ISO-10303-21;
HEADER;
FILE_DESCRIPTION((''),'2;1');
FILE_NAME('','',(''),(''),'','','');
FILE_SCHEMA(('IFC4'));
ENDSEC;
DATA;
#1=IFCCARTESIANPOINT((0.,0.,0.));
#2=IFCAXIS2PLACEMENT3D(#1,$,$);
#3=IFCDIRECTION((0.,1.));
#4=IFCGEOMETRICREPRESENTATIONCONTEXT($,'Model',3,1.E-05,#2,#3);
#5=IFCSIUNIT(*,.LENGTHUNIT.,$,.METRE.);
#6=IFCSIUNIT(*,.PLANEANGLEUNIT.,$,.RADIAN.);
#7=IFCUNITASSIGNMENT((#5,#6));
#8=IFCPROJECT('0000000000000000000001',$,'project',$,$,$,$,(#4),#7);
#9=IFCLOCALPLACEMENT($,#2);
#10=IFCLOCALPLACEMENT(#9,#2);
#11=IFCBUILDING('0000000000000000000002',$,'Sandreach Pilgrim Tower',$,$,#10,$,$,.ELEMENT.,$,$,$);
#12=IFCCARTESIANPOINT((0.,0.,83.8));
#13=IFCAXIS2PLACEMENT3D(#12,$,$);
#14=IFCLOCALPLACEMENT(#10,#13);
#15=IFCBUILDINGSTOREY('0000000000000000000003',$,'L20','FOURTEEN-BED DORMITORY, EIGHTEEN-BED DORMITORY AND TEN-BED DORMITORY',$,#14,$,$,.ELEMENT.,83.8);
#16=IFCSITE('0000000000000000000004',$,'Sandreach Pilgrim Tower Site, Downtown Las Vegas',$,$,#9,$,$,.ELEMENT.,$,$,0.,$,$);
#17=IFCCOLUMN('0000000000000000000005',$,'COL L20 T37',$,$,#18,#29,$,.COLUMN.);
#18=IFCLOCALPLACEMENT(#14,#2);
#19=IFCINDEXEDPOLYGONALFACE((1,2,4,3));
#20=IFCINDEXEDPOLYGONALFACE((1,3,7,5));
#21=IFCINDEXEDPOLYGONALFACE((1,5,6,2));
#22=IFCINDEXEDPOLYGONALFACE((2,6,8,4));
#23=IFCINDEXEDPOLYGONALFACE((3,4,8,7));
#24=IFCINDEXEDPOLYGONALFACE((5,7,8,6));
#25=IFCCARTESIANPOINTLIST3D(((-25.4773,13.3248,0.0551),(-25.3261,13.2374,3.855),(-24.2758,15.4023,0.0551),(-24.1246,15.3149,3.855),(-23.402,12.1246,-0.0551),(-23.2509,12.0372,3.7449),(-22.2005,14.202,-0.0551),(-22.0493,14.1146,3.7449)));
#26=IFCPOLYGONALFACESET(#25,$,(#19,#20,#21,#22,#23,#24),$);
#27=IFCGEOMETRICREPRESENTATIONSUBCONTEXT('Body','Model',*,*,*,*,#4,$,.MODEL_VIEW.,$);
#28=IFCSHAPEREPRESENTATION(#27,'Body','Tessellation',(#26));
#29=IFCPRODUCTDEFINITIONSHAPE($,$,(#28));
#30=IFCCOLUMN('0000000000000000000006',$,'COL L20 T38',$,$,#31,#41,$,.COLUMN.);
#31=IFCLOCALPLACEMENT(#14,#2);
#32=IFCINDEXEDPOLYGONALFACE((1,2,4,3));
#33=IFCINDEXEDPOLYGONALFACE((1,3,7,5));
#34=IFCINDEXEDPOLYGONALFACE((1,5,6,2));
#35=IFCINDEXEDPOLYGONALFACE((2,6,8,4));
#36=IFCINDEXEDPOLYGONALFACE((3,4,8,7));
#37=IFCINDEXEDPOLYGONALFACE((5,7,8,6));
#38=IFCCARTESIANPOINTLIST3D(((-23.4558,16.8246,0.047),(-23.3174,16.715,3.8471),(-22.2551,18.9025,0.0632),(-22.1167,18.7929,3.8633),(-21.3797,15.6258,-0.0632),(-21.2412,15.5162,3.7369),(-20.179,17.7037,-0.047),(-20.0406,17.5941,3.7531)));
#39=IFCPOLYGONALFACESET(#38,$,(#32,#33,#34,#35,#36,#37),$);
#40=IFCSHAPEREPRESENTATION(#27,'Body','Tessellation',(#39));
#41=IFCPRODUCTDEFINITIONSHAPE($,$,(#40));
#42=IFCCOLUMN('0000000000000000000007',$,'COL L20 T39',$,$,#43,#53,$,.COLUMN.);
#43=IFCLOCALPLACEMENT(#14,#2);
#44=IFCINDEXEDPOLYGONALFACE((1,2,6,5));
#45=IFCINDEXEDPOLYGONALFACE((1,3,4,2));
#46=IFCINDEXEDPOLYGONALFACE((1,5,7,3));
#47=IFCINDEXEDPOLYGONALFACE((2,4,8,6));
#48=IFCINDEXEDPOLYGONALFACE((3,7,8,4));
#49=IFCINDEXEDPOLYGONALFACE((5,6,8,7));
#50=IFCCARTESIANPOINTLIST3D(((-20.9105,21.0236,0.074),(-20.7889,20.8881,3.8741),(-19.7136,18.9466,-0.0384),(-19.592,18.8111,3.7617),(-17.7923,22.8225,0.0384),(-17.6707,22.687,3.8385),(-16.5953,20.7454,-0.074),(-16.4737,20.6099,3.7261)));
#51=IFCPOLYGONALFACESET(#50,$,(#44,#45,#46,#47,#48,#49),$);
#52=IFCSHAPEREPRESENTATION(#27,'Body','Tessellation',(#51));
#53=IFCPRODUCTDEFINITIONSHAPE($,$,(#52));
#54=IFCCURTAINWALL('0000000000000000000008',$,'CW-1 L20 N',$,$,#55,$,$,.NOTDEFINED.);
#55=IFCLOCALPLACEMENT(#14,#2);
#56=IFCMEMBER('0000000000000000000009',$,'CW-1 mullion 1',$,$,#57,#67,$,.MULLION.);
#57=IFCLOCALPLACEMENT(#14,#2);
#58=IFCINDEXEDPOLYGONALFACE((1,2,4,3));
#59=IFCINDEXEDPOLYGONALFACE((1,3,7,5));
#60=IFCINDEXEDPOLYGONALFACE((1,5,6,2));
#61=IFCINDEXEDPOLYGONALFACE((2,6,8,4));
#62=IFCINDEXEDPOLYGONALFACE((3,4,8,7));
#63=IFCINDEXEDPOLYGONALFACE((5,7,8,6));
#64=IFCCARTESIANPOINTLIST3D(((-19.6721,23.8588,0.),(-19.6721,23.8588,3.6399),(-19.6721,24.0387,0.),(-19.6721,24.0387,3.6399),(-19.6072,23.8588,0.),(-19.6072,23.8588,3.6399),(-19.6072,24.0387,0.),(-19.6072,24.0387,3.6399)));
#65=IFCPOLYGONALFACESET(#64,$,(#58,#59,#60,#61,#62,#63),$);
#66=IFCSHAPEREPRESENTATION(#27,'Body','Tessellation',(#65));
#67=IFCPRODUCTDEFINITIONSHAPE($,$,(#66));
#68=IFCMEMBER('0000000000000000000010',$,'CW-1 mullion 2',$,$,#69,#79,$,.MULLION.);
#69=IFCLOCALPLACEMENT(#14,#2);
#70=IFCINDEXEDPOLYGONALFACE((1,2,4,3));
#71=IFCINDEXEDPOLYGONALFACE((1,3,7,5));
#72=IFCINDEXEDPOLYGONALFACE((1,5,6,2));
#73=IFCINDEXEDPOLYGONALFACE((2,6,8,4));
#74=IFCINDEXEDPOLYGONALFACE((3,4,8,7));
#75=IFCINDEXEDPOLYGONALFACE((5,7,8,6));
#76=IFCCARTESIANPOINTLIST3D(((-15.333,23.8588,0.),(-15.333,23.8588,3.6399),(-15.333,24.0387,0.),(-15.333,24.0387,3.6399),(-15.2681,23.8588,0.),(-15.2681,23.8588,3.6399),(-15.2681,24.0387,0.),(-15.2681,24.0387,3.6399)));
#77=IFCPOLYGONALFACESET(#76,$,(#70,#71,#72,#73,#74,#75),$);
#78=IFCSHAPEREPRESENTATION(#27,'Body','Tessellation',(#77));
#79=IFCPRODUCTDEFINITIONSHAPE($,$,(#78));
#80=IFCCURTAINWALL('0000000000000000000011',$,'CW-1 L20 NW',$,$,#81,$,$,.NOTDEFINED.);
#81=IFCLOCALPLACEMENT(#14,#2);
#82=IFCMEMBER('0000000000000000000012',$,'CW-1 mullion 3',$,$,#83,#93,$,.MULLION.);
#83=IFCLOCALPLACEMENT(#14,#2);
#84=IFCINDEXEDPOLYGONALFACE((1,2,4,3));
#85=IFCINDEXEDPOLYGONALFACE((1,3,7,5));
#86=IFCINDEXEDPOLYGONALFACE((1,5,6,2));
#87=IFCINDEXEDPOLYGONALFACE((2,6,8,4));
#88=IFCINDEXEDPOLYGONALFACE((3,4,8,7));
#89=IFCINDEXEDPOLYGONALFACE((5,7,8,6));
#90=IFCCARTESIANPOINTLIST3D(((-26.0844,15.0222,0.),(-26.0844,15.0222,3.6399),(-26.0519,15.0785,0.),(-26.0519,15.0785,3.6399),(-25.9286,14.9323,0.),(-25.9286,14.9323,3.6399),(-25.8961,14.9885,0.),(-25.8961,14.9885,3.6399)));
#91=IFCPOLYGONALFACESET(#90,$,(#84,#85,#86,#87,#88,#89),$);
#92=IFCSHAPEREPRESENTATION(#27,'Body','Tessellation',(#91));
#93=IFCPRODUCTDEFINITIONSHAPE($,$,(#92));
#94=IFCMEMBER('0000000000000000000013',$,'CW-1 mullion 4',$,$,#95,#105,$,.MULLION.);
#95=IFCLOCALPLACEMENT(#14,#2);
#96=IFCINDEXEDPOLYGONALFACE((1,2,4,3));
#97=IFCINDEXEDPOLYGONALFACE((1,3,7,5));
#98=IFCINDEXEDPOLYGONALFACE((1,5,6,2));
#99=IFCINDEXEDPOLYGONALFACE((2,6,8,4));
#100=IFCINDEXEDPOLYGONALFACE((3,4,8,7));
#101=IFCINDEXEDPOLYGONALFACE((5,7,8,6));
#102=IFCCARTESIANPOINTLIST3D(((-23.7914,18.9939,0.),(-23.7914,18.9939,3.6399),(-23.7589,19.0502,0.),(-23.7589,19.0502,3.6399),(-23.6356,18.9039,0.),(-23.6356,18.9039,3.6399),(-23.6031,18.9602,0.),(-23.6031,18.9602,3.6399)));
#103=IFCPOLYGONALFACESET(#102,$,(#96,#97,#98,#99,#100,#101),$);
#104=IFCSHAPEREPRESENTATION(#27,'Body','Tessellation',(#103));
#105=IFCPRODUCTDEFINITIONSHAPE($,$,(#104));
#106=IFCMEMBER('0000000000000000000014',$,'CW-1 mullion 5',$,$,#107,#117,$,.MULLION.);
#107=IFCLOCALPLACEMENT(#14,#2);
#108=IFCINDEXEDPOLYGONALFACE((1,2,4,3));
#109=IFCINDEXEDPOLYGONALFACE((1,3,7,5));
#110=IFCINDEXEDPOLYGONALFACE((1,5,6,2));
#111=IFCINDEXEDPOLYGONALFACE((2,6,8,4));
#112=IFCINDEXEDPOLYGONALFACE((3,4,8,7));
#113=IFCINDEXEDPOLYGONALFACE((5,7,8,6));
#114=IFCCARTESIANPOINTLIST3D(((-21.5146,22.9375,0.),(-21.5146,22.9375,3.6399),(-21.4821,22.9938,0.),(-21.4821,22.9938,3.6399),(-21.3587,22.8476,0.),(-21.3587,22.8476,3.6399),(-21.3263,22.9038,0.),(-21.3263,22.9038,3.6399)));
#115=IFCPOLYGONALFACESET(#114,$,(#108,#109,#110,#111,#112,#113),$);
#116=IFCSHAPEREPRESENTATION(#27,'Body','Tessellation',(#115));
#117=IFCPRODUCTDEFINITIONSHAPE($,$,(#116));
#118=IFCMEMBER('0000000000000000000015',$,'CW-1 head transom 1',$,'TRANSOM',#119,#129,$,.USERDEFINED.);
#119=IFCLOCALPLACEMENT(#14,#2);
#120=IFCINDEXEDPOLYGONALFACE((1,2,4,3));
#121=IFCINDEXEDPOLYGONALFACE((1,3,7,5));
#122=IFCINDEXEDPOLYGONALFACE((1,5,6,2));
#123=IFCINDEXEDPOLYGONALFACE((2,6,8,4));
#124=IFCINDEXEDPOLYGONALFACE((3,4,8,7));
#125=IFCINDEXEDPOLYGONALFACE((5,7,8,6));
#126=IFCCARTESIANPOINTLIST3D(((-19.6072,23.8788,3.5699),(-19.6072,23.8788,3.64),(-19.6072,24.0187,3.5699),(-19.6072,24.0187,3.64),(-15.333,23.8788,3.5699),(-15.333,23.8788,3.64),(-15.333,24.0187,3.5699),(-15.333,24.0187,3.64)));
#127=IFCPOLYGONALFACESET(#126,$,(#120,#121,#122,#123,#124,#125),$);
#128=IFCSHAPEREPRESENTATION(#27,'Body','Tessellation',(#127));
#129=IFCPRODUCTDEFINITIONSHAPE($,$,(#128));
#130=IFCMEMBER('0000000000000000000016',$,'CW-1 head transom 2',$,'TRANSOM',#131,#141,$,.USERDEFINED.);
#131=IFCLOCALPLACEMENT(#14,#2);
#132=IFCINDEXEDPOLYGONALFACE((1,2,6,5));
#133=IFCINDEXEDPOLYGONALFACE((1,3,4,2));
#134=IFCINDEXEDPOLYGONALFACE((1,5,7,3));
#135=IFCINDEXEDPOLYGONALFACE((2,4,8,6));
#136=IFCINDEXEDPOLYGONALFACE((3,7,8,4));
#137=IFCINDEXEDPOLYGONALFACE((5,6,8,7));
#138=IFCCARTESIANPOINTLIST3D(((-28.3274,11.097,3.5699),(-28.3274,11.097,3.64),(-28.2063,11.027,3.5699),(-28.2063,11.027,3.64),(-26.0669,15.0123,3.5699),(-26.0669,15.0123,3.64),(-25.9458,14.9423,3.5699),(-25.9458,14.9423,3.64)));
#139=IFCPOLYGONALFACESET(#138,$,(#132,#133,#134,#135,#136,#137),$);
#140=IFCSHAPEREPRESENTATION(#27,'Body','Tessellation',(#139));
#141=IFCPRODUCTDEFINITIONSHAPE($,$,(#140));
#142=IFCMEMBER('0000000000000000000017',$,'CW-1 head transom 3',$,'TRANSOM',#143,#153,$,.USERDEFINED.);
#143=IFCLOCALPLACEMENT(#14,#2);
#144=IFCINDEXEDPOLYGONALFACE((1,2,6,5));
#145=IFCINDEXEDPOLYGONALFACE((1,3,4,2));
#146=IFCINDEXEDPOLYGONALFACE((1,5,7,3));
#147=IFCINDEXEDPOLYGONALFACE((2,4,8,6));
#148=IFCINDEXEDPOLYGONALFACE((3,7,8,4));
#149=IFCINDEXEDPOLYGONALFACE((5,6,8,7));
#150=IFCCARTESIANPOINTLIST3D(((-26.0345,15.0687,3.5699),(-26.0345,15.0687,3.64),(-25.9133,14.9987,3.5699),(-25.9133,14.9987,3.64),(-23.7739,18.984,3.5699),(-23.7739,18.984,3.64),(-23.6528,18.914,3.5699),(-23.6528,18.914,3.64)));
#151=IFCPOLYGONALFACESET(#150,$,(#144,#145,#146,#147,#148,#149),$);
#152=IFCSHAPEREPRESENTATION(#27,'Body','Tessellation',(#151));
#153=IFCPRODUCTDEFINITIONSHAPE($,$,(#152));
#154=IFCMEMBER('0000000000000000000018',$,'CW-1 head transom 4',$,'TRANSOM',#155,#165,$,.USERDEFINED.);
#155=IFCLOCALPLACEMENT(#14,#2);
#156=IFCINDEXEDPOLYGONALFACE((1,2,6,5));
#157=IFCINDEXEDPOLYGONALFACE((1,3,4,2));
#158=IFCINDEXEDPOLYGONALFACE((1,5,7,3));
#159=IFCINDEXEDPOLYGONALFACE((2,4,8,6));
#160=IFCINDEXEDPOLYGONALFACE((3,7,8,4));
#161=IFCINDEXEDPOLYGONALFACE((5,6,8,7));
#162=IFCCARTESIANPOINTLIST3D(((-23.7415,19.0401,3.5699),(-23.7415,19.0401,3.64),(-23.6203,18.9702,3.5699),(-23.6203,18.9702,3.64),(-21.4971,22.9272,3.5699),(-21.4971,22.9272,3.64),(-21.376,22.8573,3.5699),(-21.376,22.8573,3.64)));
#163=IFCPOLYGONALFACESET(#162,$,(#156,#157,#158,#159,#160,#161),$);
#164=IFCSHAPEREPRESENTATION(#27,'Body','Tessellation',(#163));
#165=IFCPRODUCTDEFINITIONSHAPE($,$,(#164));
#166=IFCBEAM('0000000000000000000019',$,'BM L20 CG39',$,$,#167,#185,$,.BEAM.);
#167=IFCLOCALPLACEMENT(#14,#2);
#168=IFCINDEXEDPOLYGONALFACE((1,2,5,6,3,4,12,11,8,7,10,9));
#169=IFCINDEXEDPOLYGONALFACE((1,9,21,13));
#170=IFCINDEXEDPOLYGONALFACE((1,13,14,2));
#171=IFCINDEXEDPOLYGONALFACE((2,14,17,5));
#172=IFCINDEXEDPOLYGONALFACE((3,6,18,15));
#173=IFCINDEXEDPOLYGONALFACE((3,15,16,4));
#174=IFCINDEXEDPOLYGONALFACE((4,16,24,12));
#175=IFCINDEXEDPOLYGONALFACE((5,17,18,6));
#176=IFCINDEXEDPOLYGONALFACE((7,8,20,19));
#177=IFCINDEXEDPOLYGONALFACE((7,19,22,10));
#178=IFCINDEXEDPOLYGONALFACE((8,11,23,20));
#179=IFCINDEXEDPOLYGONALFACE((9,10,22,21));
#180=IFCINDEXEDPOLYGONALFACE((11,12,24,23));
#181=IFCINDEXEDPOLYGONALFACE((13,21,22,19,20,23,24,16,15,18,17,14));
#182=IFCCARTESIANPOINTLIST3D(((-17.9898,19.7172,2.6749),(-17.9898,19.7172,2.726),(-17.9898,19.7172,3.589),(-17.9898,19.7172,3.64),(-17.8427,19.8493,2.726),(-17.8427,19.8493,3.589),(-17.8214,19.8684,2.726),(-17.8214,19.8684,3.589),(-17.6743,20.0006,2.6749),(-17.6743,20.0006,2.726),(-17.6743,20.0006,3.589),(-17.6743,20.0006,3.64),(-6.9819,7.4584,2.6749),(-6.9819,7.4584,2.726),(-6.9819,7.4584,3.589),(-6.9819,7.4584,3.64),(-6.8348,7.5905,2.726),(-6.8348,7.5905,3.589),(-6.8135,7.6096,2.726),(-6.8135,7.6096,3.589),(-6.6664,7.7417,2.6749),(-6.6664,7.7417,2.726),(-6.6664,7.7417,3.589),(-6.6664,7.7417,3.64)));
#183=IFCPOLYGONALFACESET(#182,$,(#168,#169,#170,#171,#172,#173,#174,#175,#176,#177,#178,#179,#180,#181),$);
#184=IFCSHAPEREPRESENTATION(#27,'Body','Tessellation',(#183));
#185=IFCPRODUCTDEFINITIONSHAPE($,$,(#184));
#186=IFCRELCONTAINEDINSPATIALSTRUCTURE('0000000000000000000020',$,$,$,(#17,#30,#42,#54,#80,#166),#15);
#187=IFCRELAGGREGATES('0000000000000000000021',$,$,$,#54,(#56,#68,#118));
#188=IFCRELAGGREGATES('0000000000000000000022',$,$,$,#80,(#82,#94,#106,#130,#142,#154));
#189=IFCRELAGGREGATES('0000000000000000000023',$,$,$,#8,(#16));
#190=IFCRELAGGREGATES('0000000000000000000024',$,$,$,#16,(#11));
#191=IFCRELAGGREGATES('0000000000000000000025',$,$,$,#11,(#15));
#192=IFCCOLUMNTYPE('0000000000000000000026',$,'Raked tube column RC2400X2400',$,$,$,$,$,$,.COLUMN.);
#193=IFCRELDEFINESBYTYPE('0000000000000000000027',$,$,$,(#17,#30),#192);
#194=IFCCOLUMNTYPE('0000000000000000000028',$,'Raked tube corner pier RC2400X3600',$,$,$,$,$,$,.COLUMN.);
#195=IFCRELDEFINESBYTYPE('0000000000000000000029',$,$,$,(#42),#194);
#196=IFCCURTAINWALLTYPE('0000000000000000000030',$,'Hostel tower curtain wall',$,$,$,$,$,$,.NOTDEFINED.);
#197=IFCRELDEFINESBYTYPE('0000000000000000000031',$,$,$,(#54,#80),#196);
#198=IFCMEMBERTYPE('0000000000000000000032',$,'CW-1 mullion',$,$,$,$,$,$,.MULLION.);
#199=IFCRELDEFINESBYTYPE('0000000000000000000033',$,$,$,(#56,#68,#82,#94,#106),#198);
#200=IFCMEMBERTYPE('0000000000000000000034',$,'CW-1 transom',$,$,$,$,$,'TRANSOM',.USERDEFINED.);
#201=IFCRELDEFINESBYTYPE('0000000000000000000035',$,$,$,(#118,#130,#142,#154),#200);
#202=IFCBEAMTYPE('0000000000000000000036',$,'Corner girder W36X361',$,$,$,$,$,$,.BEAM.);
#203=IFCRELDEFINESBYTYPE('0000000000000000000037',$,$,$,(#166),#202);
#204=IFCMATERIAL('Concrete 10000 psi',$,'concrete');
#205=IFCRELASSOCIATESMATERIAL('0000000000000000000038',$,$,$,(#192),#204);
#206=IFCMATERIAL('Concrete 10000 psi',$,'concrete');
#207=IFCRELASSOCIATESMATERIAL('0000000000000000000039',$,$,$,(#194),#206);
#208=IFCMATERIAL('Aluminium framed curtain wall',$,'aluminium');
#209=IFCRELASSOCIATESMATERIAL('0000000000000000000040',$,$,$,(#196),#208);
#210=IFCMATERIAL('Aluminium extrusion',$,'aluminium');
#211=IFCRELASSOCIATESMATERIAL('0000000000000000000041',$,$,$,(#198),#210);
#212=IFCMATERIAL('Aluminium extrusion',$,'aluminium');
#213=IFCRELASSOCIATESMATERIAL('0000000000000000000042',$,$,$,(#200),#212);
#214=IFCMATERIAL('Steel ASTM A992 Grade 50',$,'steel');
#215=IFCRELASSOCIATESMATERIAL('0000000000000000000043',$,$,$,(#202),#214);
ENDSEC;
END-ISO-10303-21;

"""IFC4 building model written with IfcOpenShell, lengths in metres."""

from ifc_helpers import new_model, si_unit, direction, frame, origin, origin_2d, place, context, subcontext, project, spatial, rectangle, i_section, extrude, material, material_profile, profile_set, type_object, element, aggregate, save


model = new_model("IFC4")

# Units and contexts
model_context = context("Model", 3, precision=1e-05, world=origin(), true_north=direction((0.0, 1.0)))
body_context = subcontext(model_context, "Body", "Model", "MODEL_VIEW")
ifc_project = project(units=[si_unit("LENGTHUNIT", "METRE"), si_unit("PLANEANGLEUNIT", "RADIAN")], contexts=[model_context])

# Site, building, storey
site_placement = place(None, origin())
site = spatial("IfcSite", under=ifc_project, at=site_placement, Name="Sandreach Pilgrim Tower Site, Downtown Las Vegas", CompositionType="ELEMENT", RefElevation=0.0)
building_placement = place(site_placement, origin())
building = spatial("IfcBuilding", under=site, at=building_placement, Name="Sandreach Pilgrim Tower", CompositionType="ELEMENT")
storey_placement = place(building_placement, frame((0.0, 0.0, 83.8)))
storey = spatial("IfcBuildingStorey", under=building, at=storey_placement, Name="L20", Description="FOURTEEN-BED DORMITORY, EIGHTEEN-BED DORMITORY AND TEN-BED DORMITORY", CompositionType="ELEMENT", Elevation=83.8)

# Columns
ifc_material_1 = material(Name="Concrete 10000 psi", Category="concrete")
ifc_material_profile_1 = material_profile(ifc_material_1, rectangle(XDim=2.3999, YDim=2.3999, at=origin_2d()), Name="RC2400X2400")
ifc_profile_set_1 = profile_set([ifc_material_profile_1], Name="Concrete 10000 psi")
column_type_1 = type_object("IfcColumnType", Name="Raked tube column RC2400X2400", PredefinedType="COLUMN", material=ifc_profile_set_1)
column_1_placement = place(storey_placement, frame((-23.8389, 13.7634, 0.0), z_axis=(0.039727, -0.022976, 0.998946), x_axis=(-0.864738, 0.500123, 0.045892)))
element("IfcColumn", 1, at=column_1_placement, inside=storey, type_object=column_type_1, Name="COL L20 T37", PredefinedType="COLUMN", context=body_context, shape_type="SweptSolid", body=[
    extrude(rectangle(XDim=2.3999, YDim=2.3999, at=origin_2d()), origin(), (0.0, 0.0, 1.0), 3.804),
])
column_2_placement = place(storey_placement, frame((-21.8174, 17.2642, 0.0), z_axis=(0.036389, -0.028816, 0.998922), x_axis=(-0.865087, 0.499515, 0.045923)))
element("IfcColumn", 2, at=column_2_placement, inside=storey, type_object=column_type_1, Name="COL L20 T38", PredefinedType="COLUMN", context=body_context, shape_type="SweptSolid", body=[
    extrude(rectangle(XDim=2.3999, YDim=2.3999, at=origin_2d()), origin(), (0.0, 0.0, 1.0), 3.8042),
])
ifc_material_2 = material(Name="Concrete 10000 psi", Category="concrete")
ifc_material_profile_2 = material_profile(ifc_material_2, rectangle(XDim=2.3999, YDim=3.6001, at=origin_2d()), Name="RC2400X3600")
ifc_profile_set_2 = profile_set([ifc_material_profile_2], Name="Concrete 10000 psi")
column_type_2 = type_object("IfcColumnType", Name="Raked tube corner pier RC2400X3600", PredefinedType="COLUMN", material=ifc_profile_set_2)
column_3_placement = place(storey_placement, frame((-18.7529, 20.8845, 0.0), z_axis=(0.031958, -0.035616, 0.998854), x_axis=(-0.498743, 0.865485, 0.046818)))
element("IfcColumn", 3, at=column_3_placement, inside=storey, type_object=column_type_2, Name="COL L20 T39", PredefinedType="COLUMN", context=body_context, shape_type="SweptSolid", body=[
    extrude(rectangle(XDim=2.3999, YDim=3.6001, at=origin_2d()), origin(), (0.0, 0.0, 1.0), 3.8044),
])

# Curtain walls, members
ifc_material_3 = material(Name="Aluminium framed curtain wall", Category="aluminium")
curtain_wall_type = type_object("IfcCurtainWallType", Name="Hostel tower curtain wall", PredefinedType="NOTDEFINED", material=ifc_material_3)
curtain_wall_1_placement = place(storey_placement, origin())
curtain_wall_1 = element("IfcCurtainWall", 4, at=curtain_wall_1_placement, inside=storey, type_object=curtain_wall_type, Name="CW-1 L20 N", PredefinedType="NOTDEFINED")
ifc_material_4 = material(Name="Aluminium extrusion", Category="aluminium")
ifc_material_profile_3 = material_profile(ifc_material_4, rectangle(XDim=0.0649, YDim=0.1799, at=origin_2d()), Name="CW-1M 65X180")
ifc_profile_set_3 = profile_set([ifc_material_profile_3], Name="Aluminium extrusion")
member_type_1 = type_object("IfcMemberType", Name="CW-1 mullion", PredefinedType="MULLION", material=ifc_profile_set_3)
member_1_placement = place(storey_placement, frame((-19.6396, 23.9487, 0.0), z_axis=(0.0, 0.0, 1.0), x_axis=(1.0, 0.0, 0.0)))
member_1 = element("IfcMember", 5, at=member_1_placement, type_object=member_type_1, Name="CW-1 mullion 1", PredefinedType="MULLION", context=body_context, shape_type="SweptSolid", body=[
    extrude(rectangle(XDim=0.0649, YDim=0.1799, at=origin_2d()), origin(), (0.0, 0.0, 1.0), 3.6399),
])
member_2_placement = place(storey_placement, frame((-15.3005, 23.9487, 0.0), z_axis=(0.0, 0.0, 1.0), x_axis=(1.0, 0.0, 0.0)))
member_2 = element("IfcMember", 6, at=member_2_placement, type_object=member_type_1, Name="CW-1 mullion 2", PredefinedType="MULLION", context=body_context, shape_type="SweptSolid", body=[
    extrude(rectangle(XDim=0.0649, YDim=0.1799, at=origin_2d()), origin(), (0.0, 0.0, 1.0), 3.6399),
])
curtain_wall_2_placement = place(storey_placement, origin())
curtain_wall_2 = element("IfcCurtainWall", 7, at=curtain_wall_2_placement, inside=storey, type_object=curtain_wall_type, Name="CW-1 L20 NW", PredefinedType="NOTDEFINED")
member_3_placement = place(storey_placement, frame((-25.9902, 15.0054, 0.0), z_axis=(0.0, 0.0, 1.0), x_axis=(0.5, 0.866025, 0.0)))
member_3 = element("IfcMember", 8, at=member_3_placement, type_object=member_type_1, Name="CW-1 mullion 3", PredefinedType="MULLION", context=body_context, shape_type="SweptSolid", body=[
    extrude(rectangle(XDim=0.0649, YDim=0.1799, at=origin_2d()), origin(), (0.0, 0.0, 1.0), 3.6399),
])
member_4_placement = place(storey_placement, frame((-23.6973, 18.9771, 0.0), z_axis=(0.0, 0.0, 1.0), x_axis=(0.5, 0.866025, 0.0)))
member_4 = element("IfcMember", 9, at=member_4_placement, type_object=member_type_1, Name="CW-1 mullion 4", PredefinedType="MULLION", context=body_context, shape_type="SweptSolid", body=[
    extrude(rectangle(XDim=0.0649, YDim=0.1799, at=origin_2d()), origin(), (0.0, 0.0, 1.0), 3.6399),
])
member_5_placement = place(storey_placement, frame((-21.4204, 22.9207, 0.0), z_axis=(0.0, 0.0, 1.0), x_axis=(0.5, 0.866025, 0.0)))
member_5 = element("IfcMember", 10, at=member_5_placement, type_object=member_type_1, Name="CW-1 mullion 5", PredefinedType="MULLION", context=body_context, shape_type="SweptSolid", body=[
    extrude(rectangle(XDim=0.0649, YDim=0.1799, at=origin_2d()), origin(), (0.0, 0.0, 1.0), 3.6399),
])

# Members
ifc_material_5 = material(Name="Aluminium extrusion", Category="aluminium")
ifc_material_profile_4 = material_profile(ifc_material_5, rectangle(XDim=0.1399, YDim=0.0701, at=origin_2d()), Name="CW-1T 140X70")
ifc_profile_set_4 = profile_set([ifc_material_profile_4], Name="Aluminium extrusion")
member_type_2 = type_object("IfcMemberType", Name="CW-1 transom", ElementType="TRANSOM", PredefinedType="USERDEFINED", material=ifc_profile_set_4)
member_6_placement = place(storey_placement, frame((-19.6072, 23.9487, 3.605), z_axis=(1.0, 0.0, 0.0), x_axis=(0.0, 1.0, 0.0)))
member_6 = element("IfcMember", 11, at=member_6_placement, type_object=member_type_2, Name="CW-1 head transom 1", ObjectType="TRANSOM", PredefinedType="USERDEFINED", context=body_context, shape_type="SweptSolid", body=[
    extrude(rectangle(XDim=0.1399, YDim=0.0701, at=origin_2d()), origin(), (0.0, 0.0, 1.0), 4.2742),
])
member_7_placement = place(storey_placement, frame((-28.2668, 11.062, 3.605), z_axis=(0.500001, 0.866025, 0.0), x_axis=(-0.866025, 0.500001, 0.0)))
member_7 = element("IfcMember", 12, at=member_7_placement, type_object=member_type_2, Name="CW-1 head transom 2", ObjectType="TRANSOM", PredefinedType="USERDEFINED", context=body_context, shape_type="SweptSolid", body=[
    extrude(rectangle(XDim=0.1399, YDim=0.0701, at=origin_2d()), origin(), (0.0, 0.0, 1.0), 4.521),
])
member_8_placement = place(storey_placement, frame((-25.9739, 15.0337, 3.605), z_axis=(0.500001, 0.866025, 0.0), x_axis=(-0.866025, 0.500001, 0.0)))
member_8 = element("IfcMember", 13, at=member_8_placement, type_object=member_type_2, Name="CW-1 head transom 3", ObjectType="TRANSOM", PredefinedType="USERDEFINED", context=body_context, shape_type="SweptSolid", body=[
    extrude(rectangle(XDim=0.1399, YDim=0.0701, at=origin_2d()), origin(), (0.0, 0.0, 1.0), 4.521),
])
member_9_placement = place(storey_placement, frame((-23.6809, 19.0051, 3.605), z_axis=(0.500018, 0.866015, 0.0), x_axis=(-0.866015, 0.500018, 0.0)))
member_9 = element("IfcMember", 14, at=member_9_placement, type_object=member_type_2, Name="CW-1 head transom 4", ObjectType="TRANSOM", PredefinedType="USERDEFINED", context=body_context, shape_type="SweptSolid", body=[
    extrude(rectangle(XDim=0.1399, YDim=0.0701, at=origin_2d()), origin(), (0.0, 0.0, 1.0), 4.4885),
])

# Beam
ifc_material_6 = material(Name="Steel ASTM A992 Grade 50", Category="steel")
ifc_material_profile_5 = material_profile(ifc_material_6, i_section(OverallWidth=0.4241, OverallDepth=0.9651, WebThickness=0.0286, FlangeThickness=0.051, at=origin_2d()), Name="W36X361")
ifc_profile_set_5 = profile_set([ifc_material_profile_5], Name="Steel ASTM A992 Grade 50")
beam_type_1 = type_object("IfcBeamType", Name="Corner girder W36X361", PredefinedType="BEAM", material=ifc_profile_set_5)
beam_1_placement = place(storey_placement, frame((-17.832, 19.8589, 3.1575), z_axis=(0.668123, -0.744051, 0.0), x_axis=(0.744051, 0.668123, 0.0)))
element("IfcBeam", 15, at=beam_1_placement, inside=storey, type_object=beam_type_1, Name="BM L20 CG39", PredefinedType="BEAM", context=body_context, shape_type="SweptSolid", body=[
    extrude(i_section(OverallWidth=0.4241, OverallDepth=0.9651, WebThickness=0.0286, FlangeThickness=0.051, at=origin_2d()), origin(), (0.0, 0.0, 1.0), 16.4758),
])

aggregate(curtain_wall_1, [member_1, member_2, member_6])
aggregate(curtain_wall_2, [member_3, member_4, member_5, member_7, member_8, member_9])

save(model, "model.ifc")
